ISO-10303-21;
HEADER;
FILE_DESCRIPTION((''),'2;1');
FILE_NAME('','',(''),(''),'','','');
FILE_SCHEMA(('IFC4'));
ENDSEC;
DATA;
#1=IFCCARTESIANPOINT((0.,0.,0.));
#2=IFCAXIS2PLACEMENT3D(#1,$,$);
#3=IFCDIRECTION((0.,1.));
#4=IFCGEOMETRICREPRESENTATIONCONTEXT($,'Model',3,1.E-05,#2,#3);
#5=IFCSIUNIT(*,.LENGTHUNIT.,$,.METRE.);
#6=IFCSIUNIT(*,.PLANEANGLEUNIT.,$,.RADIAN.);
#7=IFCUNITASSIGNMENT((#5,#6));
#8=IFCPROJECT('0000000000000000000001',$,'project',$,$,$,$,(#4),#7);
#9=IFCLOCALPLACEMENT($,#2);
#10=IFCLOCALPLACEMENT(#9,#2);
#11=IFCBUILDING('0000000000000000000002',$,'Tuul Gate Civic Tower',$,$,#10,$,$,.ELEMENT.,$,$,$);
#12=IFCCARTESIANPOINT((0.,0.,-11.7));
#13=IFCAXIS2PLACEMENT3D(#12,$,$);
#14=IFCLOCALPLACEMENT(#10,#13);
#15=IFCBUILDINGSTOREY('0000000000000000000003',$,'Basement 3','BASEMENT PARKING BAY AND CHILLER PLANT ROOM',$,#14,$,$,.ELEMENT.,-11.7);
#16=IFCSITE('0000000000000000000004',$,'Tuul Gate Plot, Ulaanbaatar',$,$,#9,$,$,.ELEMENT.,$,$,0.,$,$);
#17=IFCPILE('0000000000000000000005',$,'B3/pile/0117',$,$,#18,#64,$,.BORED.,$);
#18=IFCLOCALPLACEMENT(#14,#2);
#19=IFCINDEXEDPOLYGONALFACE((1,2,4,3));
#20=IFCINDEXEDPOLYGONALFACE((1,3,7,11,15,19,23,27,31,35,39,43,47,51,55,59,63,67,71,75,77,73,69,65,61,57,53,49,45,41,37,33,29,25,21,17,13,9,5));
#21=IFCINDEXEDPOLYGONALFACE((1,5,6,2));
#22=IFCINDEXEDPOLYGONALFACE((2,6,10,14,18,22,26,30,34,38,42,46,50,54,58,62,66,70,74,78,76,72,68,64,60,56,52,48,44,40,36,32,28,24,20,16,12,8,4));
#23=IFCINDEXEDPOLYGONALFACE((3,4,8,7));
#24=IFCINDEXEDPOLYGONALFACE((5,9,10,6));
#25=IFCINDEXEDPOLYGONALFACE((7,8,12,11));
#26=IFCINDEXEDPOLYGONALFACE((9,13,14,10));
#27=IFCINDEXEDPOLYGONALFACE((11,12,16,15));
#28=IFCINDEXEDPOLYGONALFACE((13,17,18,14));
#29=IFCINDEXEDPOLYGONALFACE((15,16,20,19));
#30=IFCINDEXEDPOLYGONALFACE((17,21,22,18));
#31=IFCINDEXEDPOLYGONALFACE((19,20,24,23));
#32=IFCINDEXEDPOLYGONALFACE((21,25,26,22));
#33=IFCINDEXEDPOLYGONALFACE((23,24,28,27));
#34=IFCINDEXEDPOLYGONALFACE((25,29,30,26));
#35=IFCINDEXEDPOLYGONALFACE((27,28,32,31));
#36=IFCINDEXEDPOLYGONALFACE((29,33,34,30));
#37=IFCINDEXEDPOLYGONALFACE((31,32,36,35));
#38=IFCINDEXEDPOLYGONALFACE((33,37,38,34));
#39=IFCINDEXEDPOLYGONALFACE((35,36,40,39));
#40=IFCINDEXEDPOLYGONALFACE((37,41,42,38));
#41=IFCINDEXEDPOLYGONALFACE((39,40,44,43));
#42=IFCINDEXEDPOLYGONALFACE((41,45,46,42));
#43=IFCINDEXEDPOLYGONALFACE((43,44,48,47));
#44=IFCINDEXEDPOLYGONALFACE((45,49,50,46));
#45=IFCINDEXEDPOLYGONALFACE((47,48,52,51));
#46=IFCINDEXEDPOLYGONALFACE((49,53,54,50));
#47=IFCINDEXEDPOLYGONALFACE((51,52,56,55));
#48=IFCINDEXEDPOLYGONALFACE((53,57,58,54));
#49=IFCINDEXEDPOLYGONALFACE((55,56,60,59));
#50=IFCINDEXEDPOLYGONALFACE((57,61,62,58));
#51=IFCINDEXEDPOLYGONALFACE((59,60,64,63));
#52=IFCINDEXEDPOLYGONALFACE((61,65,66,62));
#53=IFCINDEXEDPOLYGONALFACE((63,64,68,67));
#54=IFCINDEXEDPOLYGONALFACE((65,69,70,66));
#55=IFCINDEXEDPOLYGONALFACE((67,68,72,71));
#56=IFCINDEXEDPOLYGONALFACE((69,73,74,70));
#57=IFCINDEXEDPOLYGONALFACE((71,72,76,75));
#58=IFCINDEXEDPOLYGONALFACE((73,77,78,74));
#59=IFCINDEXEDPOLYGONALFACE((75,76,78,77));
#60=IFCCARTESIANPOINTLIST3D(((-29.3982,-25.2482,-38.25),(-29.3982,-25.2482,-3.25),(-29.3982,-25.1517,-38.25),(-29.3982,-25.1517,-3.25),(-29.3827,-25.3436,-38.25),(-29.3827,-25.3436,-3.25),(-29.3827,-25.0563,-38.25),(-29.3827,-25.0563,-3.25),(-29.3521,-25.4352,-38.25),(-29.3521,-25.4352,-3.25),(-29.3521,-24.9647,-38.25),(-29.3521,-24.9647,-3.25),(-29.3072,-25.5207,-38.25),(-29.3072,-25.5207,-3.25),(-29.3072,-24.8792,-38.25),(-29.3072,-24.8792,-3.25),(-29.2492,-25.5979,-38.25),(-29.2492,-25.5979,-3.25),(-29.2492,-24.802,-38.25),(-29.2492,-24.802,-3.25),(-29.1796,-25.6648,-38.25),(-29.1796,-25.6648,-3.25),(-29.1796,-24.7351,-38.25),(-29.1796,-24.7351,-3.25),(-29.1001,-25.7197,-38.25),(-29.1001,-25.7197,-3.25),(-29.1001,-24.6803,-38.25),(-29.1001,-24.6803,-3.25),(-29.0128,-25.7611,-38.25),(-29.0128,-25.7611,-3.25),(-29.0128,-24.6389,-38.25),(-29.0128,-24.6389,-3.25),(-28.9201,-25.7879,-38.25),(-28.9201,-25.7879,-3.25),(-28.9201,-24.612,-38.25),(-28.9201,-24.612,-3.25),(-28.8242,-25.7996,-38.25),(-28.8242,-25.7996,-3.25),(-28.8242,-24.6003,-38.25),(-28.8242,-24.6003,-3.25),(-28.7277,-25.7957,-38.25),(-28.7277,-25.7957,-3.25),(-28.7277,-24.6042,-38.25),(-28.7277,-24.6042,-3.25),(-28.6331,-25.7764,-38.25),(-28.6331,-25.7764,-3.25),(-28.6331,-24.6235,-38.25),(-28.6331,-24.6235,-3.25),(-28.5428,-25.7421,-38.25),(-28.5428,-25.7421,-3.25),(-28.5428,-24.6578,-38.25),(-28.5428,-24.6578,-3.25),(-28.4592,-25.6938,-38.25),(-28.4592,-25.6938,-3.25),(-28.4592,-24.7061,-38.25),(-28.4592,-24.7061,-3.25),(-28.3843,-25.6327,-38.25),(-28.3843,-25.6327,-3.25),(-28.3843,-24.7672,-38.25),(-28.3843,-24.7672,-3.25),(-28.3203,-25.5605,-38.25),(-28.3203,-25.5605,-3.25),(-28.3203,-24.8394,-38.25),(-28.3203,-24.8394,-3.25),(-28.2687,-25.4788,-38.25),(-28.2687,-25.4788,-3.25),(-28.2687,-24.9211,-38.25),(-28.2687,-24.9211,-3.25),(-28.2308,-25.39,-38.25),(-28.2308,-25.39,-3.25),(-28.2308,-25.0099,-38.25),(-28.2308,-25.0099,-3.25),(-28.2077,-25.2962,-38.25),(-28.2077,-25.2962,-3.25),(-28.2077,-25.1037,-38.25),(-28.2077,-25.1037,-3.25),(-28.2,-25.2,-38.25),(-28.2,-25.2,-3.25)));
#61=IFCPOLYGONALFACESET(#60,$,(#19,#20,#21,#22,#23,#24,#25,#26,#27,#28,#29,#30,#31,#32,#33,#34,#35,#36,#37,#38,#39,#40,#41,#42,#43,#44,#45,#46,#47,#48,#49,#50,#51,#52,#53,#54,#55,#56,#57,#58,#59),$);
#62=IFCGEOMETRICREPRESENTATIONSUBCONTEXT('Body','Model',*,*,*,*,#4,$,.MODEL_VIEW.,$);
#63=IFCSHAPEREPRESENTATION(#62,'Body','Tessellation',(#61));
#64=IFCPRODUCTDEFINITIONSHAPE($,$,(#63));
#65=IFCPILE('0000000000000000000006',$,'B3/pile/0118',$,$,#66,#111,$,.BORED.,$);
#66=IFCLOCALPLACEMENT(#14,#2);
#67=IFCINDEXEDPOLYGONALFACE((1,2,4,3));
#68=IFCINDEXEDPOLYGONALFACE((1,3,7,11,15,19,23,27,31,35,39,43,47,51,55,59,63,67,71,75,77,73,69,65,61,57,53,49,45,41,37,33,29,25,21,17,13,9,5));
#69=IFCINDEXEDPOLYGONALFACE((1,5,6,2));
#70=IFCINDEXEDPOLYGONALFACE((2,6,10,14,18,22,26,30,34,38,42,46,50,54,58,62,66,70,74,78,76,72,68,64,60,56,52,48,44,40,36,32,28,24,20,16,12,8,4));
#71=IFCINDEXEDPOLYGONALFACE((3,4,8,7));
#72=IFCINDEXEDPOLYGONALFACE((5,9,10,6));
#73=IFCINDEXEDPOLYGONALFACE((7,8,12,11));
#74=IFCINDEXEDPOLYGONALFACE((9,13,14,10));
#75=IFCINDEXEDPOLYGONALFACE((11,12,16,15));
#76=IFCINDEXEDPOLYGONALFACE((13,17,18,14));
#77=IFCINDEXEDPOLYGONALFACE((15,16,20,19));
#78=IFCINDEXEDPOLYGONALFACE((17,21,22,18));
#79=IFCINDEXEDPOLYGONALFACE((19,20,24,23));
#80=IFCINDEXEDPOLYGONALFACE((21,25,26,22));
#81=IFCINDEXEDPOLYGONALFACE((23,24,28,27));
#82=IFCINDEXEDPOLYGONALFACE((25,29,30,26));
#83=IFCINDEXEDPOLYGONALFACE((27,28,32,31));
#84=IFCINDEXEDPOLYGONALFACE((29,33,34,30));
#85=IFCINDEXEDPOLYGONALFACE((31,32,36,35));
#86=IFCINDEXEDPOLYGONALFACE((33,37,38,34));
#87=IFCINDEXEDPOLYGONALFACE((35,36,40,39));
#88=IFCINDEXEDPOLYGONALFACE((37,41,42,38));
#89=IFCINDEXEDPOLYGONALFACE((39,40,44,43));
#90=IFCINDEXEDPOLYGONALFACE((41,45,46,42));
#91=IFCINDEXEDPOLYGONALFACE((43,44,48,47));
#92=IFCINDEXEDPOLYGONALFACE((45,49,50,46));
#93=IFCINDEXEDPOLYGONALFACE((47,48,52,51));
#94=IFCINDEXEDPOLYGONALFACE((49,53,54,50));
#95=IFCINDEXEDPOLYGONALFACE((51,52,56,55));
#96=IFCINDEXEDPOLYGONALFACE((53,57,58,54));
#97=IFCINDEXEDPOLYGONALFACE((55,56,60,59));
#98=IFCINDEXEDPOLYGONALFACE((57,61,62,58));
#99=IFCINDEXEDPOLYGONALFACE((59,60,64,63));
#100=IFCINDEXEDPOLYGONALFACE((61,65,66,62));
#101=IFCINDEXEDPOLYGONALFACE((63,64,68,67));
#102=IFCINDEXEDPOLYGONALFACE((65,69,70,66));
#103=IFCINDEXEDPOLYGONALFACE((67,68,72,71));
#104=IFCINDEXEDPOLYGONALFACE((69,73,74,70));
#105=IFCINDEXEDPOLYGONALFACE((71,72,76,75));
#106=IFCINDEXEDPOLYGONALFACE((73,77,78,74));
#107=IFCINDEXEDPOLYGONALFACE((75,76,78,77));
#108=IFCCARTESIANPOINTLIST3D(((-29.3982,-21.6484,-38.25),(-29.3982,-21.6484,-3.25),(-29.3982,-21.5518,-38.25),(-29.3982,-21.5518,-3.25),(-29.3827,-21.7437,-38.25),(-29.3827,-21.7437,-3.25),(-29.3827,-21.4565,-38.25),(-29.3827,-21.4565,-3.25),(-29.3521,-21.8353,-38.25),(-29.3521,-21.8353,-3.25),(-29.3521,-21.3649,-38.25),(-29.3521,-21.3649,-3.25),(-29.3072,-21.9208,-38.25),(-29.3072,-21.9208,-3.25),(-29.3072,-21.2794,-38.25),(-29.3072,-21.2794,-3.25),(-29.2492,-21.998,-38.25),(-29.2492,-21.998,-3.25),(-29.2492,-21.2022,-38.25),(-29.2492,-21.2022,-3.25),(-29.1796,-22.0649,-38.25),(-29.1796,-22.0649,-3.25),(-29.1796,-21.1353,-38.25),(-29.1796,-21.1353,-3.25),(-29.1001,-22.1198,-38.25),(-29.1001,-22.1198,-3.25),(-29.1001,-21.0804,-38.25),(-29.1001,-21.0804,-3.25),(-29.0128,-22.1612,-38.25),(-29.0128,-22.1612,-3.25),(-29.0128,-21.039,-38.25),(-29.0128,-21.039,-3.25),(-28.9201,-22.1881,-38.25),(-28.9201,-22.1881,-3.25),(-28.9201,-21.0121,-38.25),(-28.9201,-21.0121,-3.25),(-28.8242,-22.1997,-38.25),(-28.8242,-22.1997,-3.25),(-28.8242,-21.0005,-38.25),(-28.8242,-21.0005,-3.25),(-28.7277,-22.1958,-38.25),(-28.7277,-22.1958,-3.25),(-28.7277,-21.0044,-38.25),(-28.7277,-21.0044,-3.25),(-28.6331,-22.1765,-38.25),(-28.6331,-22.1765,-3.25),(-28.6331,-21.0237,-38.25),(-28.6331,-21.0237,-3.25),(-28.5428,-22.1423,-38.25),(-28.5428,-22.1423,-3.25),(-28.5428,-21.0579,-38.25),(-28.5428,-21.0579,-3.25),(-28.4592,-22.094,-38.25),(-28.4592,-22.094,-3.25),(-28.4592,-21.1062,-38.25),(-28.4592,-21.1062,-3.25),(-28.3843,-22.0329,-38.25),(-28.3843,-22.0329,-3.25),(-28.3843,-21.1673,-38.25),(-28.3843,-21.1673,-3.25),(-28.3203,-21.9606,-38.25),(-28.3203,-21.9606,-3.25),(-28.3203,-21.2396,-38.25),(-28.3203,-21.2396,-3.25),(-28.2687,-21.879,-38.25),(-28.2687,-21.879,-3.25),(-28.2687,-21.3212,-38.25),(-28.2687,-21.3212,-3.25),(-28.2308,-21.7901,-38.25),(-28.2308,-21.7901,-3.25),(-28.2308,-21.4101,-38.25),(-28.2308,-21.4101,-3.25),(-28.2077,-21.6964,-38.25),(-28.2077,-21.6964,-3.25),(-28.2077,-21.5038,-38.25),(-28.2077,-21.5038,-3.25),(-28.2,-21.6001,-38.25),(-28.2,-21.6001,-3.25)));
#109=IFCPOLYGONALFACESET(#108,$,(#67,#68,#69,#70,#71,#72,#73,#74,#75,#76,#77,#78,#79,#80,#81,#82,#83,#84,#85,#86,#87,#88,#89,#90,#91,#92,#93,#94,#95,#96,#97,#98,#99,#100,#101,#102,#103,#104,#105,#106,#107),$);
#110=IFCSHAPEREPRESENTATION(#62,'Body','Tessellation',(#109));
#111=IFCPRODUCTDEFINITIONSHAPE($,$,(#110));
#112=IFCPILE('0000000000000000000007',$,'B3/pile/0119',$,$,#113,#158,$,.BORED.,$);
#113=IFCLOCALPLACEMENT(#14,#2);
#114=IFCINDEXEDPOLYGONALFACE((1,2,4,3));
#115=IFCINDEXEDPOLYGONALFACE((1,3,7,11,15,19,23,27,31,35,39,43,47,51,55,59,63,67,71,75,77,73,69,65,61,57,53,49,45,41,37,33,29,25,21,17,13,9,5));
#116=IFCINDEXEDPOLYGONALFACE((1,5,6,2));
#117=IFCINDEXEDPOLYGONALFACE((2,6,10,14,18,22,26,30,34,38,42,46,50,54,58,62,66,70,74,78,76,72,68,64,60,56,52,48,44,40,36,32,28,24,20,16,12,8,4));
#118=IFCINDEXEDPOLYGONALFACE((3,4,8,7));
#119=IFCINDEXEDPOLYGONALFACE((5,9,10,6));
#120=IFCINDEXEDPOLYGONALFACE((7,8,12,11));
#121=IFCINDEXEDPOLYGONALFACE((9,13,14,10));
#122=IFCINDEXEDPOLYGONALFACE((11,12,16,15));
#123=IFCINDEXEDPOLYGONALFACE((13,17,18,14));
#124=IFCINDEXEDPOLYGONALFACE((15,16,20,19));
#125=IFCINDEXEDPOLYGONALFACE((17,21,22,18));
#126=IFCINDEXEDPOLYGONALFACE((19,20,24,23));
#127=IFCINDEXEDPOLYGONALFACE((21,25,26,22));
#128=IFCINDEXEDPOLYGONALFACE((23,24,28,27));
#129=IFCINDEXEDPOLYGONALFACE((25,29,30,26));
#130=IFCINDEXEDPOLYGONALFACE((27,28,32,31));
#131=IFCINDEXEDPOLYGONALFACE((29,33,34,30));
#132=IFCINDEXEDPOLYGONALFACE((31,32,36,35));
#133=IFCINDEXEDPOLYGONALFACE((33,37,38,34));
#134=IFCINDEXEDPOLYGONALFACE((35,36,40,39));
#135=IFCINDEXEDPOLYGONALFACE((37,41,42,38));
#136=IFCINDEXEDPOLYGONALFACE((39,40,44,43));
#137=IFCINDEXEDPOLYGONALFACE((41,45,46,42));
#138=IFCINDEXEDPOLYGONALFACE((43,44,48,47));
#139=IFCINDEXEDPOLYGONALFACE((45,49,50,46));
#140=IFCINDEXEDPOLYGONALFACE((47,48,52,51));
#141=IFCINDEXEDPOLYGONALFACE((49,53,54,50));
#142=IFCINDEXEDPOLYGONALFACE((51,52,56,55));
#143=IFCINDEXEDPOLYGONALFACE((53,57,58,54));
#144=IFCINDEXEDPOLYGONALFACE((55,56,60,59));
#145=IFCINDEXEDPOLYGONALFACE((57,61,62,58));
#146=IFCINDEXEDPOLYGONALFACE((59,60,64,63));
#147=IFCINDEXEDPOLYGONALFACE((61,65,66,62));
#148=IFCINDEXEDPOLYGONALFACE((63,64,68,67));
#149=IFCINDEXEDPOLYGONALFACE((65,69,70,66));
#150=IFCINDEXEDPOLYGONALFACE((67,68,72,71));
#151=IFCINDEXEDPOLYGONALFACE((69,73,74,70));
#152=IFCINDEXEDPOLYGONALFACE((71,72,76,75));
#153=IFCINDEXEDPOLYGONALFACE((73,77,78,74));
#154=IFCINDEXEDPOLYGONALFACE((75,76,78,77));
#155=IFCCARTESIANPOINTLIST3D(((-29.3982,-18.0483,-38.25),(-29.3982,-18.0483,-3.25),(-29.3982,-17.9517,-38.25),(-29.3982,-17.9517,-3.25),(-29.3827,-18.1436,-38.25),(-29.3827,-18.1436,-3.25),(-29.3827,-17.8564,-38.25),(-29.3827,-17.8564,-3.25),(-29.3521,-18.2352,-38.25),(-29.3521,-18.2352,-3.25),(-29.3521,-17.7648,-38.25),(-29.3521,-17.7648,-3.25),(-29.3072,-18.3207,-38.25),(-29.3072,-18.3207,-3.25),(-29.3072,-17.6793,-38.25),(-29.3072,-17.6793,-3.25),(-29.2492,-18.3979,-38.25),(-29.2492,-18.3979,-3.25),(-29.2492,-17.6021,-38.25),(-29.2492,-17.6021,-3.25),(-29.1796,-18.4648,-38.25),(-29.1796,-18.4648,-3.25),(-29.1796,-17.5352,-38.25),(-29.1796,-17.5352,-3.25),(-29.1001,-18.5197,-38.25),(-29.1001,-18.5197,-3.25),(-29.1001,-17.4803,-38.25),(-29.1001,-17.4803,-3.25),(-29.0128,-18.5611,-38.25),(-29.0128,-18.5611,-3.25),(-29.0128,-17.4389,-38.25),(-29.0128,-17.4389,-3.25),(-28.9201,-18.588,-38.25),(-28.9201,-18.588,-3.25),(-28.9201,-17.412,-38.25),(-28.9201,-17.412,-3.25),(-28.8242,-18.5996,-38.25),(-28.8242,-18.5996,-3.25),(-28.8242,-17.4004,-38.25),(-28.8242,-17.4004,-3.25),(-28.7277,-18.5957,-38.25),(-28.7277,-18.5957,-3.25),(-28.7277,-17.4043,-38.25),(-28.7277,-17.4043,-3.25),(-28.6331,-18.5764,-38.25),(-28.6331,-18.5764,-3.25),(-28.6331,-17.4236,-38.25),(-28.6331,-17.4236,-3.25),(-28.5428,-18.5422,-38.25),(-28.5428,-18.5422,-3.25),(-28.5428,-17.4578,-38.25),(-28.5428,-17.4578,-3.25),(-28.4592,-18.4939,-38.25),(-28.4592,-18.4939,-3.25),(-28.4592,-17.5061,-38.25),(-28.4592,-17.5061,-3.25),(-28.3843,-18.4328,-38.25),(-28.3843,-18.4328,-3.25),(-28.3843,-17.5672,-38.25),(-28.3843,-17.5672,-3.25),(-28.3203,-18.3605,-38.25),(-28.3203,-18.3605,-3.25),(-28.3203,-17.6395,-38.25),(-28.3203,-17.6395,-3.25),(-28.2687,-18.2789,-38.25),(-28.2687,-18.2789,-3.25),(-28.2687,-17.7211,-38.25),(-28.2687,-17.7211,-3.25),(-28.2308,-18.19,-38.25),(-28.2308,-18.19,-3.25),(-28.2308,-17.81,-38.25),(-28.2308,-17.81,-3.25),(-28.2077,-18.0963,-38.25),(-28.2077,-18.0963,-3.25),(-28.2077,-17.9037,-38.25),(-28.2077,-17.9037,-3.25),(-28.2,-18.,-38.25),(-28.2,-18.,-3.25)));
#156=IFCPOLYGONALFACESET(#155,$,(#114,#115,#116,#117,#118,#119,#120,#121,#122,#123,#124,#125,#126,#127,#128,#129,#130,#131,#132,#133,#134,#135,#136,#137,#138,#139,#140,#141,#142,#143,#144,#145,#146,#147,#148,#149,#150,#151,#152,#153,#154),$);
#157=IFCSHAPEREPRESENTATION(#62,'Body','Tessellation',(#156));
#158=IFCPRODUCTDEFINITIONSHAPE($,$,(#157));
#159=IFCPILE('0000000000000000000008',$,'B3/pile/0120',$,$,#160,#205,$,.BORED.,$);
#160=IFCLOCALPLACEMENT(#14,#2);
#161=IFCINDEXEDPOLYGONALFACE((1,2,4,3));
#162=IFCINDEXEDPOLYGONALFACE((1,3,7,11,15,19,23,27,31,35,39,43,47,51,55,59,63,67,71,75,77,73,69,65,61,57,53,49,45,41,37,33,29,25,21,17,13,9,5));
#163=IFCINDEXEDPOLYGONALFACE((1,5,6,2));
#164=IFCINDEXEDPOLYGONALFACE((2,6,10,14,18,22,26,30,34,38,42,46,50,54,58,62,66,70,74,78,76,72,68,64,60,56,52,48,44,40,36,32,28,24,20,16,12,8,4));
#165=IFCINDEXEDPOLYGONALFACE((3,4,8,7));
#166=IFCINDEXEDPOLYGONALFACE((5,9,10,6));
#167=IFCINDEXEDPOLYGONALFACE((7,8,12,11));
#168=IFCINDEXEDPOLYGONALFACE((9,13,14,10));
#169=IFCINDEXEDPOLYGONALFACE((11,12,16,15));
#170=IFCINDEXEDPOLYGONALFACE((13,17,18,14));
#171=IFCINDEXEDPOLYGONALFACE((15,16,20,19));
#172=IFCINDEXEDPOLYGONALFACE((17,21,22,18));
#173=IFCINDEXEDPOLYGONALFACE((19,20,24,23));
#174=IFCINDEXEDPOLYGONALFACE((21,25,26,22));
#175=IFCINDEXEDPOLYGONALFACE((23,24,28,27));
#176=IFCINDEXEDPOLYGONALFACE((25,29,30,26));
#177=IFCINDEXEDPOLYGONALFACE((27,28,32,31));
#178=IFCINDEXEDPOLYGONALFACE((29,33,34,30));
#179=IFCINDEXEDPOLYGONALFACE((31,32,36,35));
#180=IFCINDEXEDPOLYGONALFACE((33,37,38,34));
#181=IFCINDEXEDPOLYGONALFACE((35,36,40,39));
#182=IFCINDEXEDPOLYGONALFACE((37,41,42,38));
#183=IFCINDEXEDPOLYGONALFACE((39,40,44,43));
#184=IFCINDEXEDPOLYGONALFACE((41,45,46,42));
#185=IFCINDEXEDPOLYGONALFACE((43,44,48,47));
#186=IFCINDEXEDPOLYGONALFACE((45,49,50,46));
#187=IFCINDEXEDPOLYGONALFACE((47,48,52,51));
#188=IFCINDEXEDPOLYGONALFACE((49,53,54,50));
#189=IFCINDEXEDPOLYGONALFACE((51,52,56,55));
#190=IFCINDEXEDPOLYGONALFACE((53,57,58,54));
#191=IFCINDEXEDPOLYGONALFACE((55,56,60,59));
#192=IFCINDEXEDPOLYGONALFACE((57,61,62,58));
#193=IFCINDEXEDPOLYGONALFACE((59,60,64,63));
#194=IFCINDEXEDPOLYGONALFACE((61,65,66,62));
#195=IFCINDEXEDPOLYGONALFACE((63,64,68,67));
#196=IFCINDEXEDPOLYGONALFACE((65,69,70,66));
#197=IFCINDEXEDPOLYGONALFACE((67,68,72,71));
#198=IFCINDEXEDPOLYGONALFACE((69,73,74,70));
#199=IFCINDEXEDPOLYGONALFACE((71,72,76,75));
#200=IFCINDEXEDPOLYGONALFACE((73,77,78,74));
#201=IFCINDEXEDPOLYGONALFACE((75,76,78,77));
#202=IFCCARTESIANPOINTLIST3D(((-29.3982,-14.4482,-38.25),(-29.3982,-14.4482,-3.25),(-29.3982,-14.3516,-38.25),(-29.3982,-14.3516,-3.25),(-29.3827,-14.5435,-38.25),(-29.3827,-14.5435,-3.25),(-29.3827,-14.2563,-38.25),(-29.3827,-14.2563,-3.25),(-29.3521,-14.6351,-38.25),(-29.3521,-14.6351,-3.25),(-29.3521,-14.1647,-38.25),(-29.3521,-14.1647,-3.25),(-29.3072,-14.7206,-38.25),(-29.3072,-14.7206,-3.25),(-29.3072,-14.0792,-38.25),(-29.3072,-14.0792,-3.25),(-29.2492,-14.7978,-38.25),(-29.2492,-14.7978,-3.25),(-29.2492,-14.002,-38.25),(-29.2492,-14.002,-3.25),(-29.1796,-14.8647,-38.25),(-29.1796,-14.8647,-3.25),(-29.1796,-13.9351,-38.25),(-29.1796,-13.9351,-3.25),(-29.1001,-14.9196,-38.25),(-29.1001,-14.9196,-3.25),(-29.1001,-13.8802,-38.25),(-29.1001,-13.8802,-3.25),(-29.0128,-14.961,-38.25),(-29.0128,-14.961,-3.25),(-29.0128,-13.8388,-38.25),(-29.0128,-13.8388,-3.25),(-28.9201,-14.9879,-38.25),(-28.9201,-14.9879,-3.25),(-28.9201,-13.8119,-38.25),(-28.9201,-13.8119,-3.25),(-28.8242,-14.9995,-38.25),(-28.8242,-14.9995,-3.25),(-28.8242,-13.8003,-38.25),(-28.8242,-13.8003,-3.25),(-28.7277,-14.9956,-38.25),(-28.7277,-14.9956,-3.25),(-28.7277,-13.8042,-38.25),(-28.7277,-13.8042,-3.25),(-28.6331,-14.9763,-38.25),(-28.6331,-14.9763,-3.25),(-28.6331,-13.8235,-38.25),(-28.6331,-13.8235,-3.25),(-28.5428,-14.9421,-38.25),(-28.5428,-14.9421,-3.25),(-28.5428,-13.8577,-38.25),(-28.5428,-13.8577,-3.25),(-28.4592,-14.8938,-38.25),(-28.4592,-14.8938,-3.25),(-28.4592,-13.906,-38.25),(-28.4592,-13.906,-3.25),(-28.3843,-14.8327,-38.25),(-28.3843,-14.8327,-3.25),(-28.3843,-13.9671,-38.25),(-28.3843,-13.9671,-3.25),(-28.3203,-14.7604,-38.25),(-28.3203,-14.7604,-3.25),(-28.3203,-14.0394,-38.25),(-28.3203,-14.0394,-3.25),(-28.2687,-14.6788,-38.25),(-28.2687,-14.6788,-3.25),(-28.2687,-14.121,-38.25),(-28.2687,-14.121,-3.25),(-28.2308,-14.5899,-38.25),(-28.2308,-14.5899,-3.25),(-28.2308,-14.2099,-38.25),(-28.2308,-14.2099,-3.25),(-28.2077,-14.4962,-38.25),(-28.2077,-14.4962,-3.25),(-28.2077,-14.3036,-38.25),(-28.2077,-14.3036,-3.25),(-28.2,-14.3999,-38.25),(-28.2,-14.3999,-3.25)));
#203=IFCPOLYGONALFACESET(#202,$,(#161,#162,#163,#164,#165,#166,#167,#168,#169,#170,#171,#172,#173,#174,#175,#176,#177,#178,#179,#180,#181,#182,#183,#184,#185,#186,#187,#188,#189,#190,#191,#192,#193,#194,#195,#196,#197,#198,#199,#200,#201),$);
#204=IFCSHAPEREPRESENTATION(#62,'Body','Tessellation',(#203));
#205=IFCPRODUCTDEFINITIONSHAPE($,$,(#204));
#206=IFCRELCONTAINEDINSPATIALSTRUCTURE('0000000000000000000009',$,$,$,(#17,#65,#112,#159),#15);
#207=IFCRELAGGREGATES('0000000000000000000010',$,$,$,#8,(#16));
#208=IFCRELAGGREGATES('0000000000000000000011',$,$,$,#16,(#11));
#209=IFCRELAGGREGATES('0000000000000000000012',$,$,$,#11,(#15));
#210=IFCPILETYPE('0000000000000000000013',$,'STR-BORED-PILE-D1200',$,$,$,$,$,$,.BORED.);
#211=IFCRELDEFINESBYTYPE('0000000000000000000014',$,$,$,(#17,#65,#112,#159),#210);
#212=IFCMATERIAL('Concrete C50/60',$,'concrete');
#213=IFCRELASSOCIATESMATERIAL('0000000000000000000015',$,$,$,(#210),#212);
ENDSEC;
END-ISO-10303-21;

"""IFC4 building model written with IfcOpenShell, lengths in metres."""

from ifc_helpers import new_model, si_unit, direction, frame, origin, origin_2d, place, context, subcontext, project, spatial, circle, extrude, material, material_profile, profile_set, type_object, element, save


model = new_model("IFC4")

# Units and contexts
model_context = context("Model", 3, precision=1e-05, world=origin(), true_north=direction((0.0, 1.0)))
body_context = subcontext(model_context, "Body", "Model", "MODEL_VIEW")
ifc_project = project(units=[si_unit("LENGTHUNIT", "METRE"), si_unit("PLANEANGLEUNIT", "RADIAN")], contexts=[model_context])

# Site, building, storey
site_placement = place(None, origin())
site = spatial("IfcSite", under=ifc_project, at=site_placement, Name="Tuul Gate Plot, Ulaanbaatar", CompositionType="ELEMENT", RefElevation=0.0)
building_placement = place(site_placement, origin())
building = spatial("IfcBuilding", under=site, at=building_placement, Name="Tuul Gate Civic Tower", CompositionType="ELEMENT")
storey_placement = place(building_placement, frame((0.0, 0.0, -11.7)))
storey = spatial("IfcBuildingStorey", under=building, at=storey_placement, Name="Basement 3", Description="BASEMENT PARKING BAY AND CHILLER PLANT ROOM", CompositionType="ELEMENT", Elevation=-11.7)

# Piles
ifc_material_1 = material(Name="Concrete C50/60", Category="concrete")
ifc_material_profile_1 = material_profile(ifc_material_1, circle(Radius=0.6001, at=origin_2d()), Name="PILE1200")
ifc_profile_set_1 = profile_set([ifc_material_profile_1], Name="Concrete C50/60")
pile_type = type_object("IfcPileType", Name="STR-BORED-PILE-D1200", PredefinedType="BORED", material=ifc_profile_set_1)
for number, where, z_axis, x_axis, name in (
    (1, (-28.8, -25.2, -3.25), (0.0, 0.0, -1.0), (1.0, 0.0, 0.0), "B3/pile/0117"),
    (2, (-28.8, -21.6001, -3.25), (0.0, 0.0, -1.0), (1.0, 0.0, 0.0), "B3/pile/0118"),
    (3, (-28.8, -18.0, -3.25), (0.0, 0.0, -1.0), (1.0, 0.0, 0.0), "B3/pile/0119"),
    (4, (-28.8, -14.3999, -3.25), (0.0, 0.0, -1.0), (1.0, 0.0, 0.0), "B3/pile/0120"),
):
    element("IfcPile", number, at=place(storey_placement, frame(where, z_axis=z_axis, x_axis=x_axis)), inside=storey, type_object=pile_type, Name=name, PredefinedType="BORED", context=body_context, shape_type="SweptSolid", body=[
        extrude(circle(Radius=0.6001, at=origin_2d()), origin(), (0.0, 0.0, 1.0), 35.0),
    ])

save(model, "model.ifc")
